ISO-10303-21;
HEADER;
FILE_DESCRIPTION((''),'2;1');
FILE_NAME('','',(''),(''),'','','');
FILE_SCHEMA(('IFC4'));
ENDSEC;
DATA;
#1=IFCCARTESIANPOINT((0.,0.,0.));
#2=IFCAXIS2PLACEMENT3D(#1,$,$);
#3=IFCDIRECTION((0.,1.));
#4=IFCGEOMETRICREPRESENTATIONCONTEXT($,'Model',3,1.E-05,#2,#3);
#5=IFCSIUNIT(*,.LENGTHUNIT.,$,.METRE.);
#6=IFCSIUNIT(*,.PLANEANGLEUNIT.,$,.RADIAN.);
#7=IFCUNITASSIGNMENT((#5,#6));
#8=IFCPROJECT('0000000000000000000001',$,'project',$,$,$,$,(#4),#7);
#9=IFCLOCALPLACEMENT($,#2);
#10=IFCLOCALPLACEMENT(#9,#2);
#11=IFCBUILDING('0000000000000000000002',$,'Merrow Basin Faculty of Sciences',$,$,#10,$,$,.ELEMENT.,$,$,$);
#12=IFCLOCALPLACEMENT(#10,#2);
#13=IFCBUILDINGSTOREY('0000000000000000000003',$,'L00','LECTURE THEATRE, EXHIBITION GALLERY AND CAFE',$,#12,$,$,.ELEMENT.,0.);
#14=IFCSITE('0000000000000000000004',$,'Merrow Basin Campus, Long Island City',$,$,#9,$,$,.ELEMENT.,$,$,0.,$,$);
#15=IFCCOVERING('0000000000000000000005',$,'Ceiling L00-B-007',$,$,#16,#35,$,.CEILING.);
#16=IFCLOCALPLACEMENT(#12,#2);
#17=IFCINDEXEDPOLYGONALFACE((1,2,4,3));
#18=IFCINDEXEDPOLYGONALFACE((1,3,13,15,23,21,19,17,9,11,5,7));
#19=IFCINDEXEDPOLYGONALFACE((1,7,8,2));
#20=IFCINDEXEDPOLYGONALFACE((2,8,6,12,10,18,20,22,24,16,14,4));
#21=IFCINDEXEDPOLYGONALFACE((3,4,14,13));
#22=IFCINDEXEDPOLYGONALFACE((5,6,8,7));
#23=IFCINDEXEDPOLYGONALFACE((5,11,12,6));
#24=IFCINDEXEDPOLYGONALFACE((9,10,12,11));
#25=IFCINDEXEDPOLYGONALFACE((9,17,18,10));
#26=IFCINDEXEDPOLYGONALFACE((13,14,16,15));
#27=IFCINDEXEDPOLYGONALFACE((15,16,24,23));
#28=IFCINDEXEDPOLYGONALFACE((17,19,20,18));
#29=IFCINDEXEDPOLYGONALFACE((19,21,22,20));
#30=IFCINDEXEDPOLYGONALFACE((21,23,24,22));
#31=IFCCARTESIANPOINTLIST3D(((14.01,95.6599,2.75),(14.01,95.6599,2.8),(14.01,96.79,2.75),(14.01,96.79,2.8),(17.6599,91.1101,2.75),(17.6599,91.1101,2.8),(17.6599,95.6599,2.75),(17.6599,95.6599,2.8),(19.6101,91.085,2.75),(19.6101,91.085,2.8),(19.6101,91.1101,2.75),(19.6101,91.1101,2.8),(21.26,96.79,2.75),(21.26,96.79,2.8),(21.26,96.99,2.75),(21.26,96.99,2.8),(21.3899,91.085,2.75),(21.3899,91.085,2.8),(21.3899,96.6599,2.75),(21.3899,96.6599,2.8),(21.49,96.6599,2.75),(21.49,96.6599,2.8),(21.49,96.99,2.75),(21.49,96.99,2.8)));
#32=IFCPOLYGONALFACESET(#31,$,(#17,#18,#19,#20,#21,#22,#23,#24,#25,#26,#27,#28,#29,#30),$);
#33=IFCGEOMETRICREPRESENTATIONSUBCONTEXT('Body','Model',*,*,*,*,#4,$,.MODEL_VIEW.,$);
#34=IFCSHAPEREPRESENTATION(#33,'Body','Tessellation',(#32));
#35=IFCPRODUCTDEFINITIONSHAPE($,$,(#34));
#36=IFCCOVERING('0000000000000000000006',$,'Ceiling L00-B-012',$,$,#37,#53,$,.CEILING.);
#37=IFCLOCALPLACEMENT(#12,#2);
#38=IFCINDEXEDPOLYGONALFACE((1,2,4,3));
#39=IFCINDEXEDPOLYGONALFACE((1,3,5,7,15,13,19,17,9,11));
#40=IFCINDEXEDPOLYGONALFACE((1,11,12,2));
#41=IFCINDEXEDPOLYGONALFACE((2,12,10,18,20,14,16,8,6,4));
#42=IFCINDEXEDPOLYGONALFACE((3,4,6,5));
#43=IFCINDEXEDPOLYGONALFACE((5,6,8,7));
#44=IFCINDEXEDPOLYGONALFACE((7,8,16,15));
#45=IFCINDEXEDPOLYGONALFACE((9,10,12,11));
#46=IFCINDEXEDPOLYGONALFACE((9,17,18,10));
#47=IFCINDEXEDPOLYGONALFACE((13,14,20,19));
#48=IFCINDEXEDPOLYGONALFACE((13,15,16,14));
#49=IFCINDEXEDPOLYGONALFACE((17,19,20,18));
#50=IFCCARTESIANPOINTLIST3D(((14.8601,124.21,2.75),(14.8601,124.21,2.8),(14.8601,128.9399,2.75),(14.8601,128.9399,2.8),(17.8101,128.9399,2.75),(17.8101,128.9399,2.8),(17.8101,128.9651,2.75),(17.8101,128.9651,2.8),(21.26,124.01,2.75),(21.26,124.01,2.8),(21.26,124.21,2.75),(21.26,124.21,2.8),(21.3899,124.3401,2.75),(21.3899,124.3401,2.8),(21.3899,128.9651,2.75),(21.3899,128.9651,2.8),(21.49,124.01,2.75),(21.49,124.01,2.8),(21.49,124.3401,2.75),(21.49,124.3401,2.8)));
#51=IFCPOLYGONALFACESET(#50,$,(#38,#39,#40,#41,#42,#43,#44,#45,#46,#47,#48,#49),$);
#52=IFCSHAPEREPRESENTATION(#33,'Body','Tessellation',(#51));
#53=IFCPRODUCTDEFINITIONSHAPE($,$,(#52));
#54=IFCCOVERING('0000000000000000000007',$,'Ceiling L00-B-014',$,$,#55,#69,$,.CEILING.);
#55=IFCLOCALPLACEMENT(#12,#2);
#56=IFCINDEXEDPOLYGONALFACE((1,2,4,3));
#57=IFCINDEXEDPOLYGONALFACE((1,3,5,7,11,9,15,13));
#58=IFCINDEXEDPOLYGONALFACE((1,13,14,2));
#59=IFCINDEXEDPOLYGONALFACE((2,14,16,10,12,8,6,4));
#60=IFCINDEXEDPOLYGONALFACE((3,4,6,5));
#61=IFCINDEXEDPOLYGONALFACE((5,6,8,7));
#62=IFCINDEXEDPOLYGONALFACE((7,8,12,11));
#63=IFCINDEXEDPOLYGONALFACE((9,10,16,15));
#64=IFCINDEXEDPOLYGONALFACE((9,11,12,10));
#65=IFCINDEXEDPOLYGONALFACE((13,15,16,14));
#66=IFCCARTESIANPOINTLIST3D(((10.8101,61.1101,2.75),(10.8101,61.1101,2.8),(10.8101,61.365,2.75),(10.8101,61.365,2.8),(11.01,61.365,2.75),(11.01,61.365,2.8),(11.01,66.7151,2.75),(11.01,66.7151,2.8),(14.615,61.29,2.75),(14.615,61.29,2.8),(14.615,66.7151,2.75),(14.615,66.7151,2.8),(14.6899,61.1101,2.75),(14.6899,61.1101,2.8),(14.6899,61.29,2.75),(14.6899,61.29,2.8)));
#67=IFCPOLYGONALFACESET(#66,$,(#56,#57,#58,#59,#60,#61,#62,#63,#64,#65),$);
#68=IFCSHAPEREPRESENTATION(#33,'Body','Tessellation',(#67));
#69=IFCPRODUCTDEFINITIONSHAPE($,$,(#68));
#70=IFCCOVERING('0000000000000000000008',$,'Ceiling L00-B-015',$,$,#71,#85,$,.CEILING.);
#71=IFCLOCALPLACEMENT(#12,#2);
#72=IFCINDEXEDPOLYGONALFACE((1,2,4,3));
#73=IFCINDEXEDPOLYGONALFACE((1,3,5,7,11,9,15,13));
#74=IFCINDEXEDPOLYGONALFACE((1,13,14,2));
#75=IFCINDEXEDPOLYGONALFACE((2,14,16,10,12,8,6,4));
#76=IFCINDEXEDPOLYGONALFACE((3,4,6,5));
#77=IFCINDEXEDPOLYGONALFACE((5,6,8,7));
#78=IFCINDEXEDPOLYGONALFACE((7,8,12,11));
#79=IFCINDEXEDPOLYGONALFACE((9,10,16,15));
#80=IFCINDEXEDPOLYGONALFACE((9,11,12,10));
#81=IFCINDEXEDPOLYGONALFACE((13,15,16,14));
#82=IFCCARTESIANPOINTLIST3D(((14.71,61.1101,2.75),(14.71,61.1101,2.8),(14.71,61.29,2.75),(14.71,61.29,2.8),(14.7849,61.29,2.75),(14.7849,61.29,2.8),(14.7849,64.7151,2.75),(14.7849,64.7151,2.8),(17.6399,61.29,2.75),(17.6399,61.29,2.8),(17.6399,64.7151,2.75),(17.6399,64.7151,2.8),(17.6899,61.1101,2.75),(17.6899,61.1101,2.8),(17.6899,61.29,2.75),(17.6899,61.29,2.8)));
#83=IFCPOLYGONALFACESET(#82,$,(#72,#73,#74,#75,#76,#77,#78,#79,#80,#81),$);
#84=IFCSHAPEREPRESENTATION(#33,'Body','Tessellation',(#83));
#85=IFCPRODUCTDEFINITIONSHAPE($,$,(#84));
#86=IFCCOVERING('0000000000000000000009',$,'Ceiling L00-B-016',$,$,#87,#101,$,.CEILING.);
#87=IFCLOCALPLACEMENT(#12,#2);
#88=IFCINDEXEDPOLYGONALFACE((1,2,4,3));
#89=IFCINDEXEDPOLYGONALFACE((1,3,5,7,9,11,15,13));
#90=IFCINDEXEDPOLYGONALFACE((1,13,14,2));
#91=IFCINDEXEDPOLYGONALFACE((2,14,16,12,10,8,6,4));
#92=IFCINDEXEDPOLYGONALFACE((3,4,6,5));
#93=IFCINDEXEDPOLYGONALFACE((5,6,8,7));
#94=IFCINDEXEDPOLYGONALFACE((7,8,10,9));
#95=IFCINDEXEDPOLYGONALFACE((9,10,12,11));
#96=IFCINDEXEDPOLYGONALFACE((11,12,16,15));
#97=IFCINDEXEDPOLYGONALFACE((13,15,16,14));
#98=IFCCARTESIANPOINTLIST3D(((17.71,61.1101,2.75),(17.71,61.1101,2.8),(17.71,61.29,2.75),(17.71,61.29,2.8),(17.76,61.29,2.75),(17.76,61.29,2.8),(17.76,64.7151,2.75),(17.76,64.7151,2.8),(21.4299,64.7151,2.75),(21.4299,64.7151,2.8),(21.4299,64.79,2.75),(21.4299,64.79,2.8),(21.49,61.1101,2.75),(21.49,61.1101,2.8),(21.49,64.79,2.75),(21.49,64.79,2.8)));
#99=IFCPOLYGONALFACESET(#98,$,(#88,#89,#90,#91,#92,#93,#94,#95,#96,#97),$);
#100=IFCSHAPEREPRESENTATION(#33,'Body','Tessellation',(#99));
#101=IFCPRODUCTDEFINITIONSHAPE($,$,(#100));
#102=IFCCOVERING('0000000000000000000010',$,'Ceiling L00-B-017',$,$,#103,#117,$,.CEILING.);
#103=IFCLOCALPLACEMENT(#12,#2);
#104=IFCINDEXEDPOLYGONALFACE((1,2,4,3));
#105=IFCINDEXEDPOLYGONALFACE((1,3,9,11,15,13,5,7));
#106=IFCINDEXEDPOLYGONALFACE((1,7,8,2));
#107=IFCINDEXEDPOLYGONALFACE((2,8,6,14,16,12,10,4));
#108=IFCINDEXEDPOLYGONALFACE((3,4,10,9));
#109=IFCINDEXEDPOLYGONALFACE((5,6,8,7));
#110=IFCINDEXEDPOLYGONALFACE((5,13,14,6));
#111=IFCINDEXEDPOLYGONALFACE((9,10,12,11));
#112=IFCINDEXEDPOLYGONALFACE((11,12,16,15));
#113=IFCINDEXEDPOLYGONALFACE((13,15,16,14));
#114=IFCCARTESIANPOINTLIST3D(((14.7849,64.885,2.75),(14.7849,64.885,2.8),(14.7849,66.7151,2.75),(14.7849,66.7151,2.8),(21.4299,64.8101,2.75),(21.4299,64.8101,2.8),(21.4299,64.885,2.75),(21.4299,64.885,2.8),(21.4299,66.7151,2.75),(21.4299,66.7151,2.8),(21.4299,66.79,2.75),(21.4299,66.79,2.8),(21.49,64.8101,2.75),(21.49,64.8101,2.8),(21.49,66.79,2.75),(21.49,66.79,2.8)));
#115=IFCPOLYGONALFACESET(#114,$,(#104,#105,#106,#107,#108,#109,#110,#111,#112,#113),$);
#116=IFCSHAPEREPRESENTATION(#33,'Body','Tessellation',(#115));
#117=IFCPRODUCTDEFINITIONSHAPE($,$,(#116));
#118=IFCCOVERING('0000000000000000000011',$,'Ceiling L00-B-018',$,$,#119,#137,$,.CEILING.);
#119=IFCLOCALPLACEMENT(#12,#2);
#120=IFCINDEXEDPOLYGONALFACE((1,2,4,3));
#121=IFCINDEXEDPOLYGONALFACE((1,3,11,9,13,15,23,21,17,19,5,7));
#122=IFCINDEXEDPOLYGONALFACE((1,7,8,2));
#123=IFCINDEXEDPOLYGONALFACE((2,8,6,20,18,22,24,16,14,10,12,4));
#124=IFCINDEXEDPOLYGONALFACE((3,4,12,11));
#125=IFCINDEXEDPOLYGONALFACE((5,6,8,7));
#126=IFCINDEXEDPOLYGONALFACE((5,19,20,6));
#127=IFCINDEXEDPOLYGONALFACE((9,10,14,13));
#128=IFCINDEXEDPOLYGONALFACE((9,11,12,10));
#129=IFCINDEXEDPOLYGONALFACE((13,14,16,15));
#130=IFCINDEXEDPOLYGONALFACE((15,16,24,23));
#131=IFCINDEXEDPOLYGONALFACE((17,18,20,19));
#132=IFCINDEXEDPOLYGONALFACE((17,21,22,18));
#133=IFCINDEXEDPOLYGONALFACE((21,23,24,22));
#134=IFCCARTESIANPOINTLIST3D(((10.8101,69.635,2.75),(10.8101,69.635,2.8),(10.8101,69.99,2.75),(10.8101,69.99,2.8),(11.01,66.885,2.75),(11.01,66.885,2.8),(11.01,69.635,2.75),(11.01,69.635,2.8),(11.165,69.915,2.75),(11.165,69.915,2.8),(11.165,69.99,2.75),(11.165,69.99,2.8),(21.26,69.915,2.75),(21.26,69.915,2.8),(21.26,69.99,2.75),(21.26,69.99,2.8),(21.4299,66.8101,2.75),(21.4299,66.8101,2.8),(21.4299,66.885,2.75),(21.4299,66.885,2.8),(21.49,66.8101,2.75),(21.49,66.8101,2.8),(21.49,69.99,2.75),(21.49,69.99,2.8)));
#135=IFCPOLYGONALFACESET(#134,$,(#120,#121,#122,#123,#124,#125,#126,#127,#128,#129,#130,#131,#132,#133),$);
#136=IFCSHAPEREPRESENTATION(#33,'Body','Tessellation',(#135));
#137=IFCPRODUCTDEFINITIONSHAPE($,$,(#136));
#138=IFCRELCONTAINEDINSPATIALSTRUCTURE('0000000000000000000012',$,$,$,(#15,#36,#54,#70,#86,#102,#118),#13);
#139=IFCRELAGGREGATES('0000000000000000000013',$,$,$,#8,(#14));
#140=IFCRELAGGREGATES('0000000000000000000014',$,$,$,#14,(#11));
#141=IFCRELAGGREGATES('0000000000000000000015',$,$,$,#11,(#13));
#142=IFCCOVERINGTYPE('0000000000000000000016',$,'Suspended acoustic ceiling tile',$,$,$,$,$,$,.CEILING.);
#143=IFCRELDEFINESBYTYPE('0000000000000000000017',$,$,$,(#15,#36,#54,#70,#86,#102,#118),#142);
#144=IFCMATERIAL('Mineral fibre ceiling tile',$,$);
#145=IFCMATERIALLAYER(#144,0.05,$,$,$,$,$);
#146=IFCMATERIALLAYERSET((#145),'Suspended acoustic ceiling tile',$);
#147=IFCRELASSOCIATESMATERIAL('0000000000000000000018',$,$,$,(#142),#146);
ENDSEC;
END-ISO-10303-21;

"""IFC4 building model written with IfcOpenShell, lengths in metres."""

from ifc_helpers import new_model, si_unit, direction, frame, origin, place, context, subcontext, project, spatial, polyline, outline, extrude, material, layer, layer_set, type_object, element, save


model = new_model("IFC4")

# Units and contexts
model_context = context("Model", 3, precision=1e-05, world=origin(), true_north=direction((0.0, 1.0)))
body_context = subcontext(model_context, "Body", "Model", "MODEL_VIEW")
ifc_project = project(units=[si_unit("LENGTHUNIT", "METRE"), si_unit("PLANEANGLEUNIT", "RADIAN")], contexts=[model_context])

# Site, building, storey
site_placement = place(None, origin())
site = spatial("IfcSite", under=ifc_project, at=site_placement, Name="Merrow Basin Campus, Long Island City", CompositionType="ELEMENT", RefElevation=0.0)
building_placement = place(site_placement, origin())
building = spatial("IfcBuilding", under=site, at=building_placement, Name="Merrow Basin Faculty of Sciences", CompositionType="ELEMENT")
storey_placement = place(building_placement, origin())
storey = spatial("IfcBuildingStorey", under=building, at=storey_placement, Name="L00", Description="LECTURE THEATRE, EXHIBITION GALLERY AND CAFE", CompositionType="ELEMENT", Elevation=0.0)

# Coverings
ifc_material = material(Name="Mineral fibre ceiling tile")
ifc_layer = layer(ifc_material, 0.05)
ifc_layer_set = layer_set([ifc_layer], Name="Suspended acoustic ceiling tile")
covering_type = type_object("IfcCoveringType", Name="Suspended acoustic ceiling tile", PredefinedType="CEILING", material=ifc_layer_set)
covering_1_placement = place(storey_placement, frame((0.0, 0.0, 2.75)))
element("IfcCovering", 1, at=covering_1_placement, inside=storey, type_object=covering_type, Name="Ceiling L00-B-007", PredefinedType="CEILING", context=body_context, shape_type="SweptSolid", body=[
    extrude(outline(polyline([(21.3899, 91.085), (19.6101, 91.085), (19.6101, 91.1101), (17.6599, 91.1101), (17.6599, 95.6599), (14.01, 95.6599), (14.01, 96.79), (21.26, 96.79), (21.26, 96.99), (21.49, 96.99), (21.49, 96.6599), (21.3899, 96.6599), (21.3899, 91.085)])), origin(), (0.0, 0.0, 1.0), 0.05),
])
covering_2_placement = place(storey_placement, frame((0.0, 0.0, 2.75)))
element("IfcCovering", 2, at=covering_2_placement, inside=storey, type_object=covering_type, Name="Ceiling L00-B-012", PredefinedType="CEILING", context=body_context, shape_type="SweptSolid", body=[
    extrude(outline(polyline([(21.3899, 128.9651), (21.3899, 124.3401), (21.49, 124.3401), (21.49, 124.01), (21.26, 124.01), (21.26, 124.21), (14.8601, 124.21), (14.8601, 128.9399), (17.8101, 128.9399), (17.8101, 128.9651), (21.3899, 128.9651)])), origin(), (0.0, 0.0, 1.0), 0.05),
])
covering_3_placement = place(storey_placement, frame((0.0, 0.0, 2.75)))
element("IfcCovering", 3, at=covering_3_placement, inside=storey, type_object=covering_type, Name="Ceiling L00-B-014", PredefinedType="CEILING", context=body_context, shape_type="SweptSolid", body=[
    extrude(outline(polyline([(14.6899, 61.1101), (10.8101, 61.1101), (10.8101, 61.365), (11.01, 61.365), (11.01, 66.7151), (14.615, 66.7151), (14.615, 61.29), (14.6899, 61.29), (14.6899, 61.1101)])), origin(), (0.0, 0.0, 1.0), 0.05),
])
covering_4_placement = place(storey_placement, frame((0.0, 0.0, 2.75)))
element("IfcCovering", 4, at=covering_4_placement, inside=storey, type_object=covering_type, Name="Ceiling L00-B-015", PredefinedType="CEILING", context=body_context, shape_type="SweptSolid", body=[
    extrude(outline(polyline([(17.6899, 61.1101), (14.71, 61.1101), (14.71, 61.29), (14.7849, 61.29), (14.7849, 64.7151), (17.6399, 64.7151), (17.6399, 61.29), (17.6899, 61.29), (17.6899, 61.1101)])), origin(), (0.0, 0.0, 1.0), 0.05),
])
covering_5_placement = place(storey_placement, frame((0.0, 0.0, 2.75)))
element("IfcCovering", 5, at=covering_5_placement, inside=storey, type_object=covering_type, Name="Ceiling L00-B-016", PredefinedType="CEILING", context=body_context, shape_type="SweptSolid", body=[
    extrude(outline(polyline([(21.49, 64.79), (21.49, 61.1101), (17.71, 61.1101), (17.71, 61.29), (17.76, 61.29), (17.76, 64.7151), (21.4299, 64.7151), (21.4299, 64.79), (21.49, 64.79)])), origin(), (0.0, 0.0, 1.0), 0.05),
])
covering_6_placement = place(storey_placement, frame((0.0, 0.0, 2.75)))
element("IfcCovering", 6, at=covering_6_placement, inside=storey, type_object=covering_type, Name="Ceiling L00-B-017", PredefinedType="CEILING", context=body_context, shape_type="SweptSolid", body=[
    extrude(outline(polyline([(21.49, 66.79), (21.49, 64.8101), (21.4299, 64.8101), (21.4299, 64.885), (14.7849, 64.885), (14.7849, 66.7151), (21.4299, 66.7151), (21.4299, 66.79), (21.49, 66.79)])), origin(), (0.0, 0.0, 1.0), 0.05),
])
covering_7_placement = place(storey_placement, frame((0.0, 0.0, 2.75)))
element("IfcCovering", 7, at=covering_7_placement, inside=storey, type_object=covering_type, Name="Ceiling L00-B-018", PredefinedType="CEILING", context=body_context, shape_type="SweptSolid", body=[
    extrude(outline(polyline([(11.165, 69.99), (11.165, 69.915), (21.26, 69.915), (21.26, 69.99), (21.49, 69.99), (21.49, 66.8101), (21.4299, 66.8101), (21.4299, 66.885), (11.01, 66.885), (11.01, 69.635), (10.8101, 69.635), (10.8101, 69.99), (11.165, 69.99)])), origin(), (0.0, 0.0, 1.0), 0.05),
])

save(model, "model.ifc")
